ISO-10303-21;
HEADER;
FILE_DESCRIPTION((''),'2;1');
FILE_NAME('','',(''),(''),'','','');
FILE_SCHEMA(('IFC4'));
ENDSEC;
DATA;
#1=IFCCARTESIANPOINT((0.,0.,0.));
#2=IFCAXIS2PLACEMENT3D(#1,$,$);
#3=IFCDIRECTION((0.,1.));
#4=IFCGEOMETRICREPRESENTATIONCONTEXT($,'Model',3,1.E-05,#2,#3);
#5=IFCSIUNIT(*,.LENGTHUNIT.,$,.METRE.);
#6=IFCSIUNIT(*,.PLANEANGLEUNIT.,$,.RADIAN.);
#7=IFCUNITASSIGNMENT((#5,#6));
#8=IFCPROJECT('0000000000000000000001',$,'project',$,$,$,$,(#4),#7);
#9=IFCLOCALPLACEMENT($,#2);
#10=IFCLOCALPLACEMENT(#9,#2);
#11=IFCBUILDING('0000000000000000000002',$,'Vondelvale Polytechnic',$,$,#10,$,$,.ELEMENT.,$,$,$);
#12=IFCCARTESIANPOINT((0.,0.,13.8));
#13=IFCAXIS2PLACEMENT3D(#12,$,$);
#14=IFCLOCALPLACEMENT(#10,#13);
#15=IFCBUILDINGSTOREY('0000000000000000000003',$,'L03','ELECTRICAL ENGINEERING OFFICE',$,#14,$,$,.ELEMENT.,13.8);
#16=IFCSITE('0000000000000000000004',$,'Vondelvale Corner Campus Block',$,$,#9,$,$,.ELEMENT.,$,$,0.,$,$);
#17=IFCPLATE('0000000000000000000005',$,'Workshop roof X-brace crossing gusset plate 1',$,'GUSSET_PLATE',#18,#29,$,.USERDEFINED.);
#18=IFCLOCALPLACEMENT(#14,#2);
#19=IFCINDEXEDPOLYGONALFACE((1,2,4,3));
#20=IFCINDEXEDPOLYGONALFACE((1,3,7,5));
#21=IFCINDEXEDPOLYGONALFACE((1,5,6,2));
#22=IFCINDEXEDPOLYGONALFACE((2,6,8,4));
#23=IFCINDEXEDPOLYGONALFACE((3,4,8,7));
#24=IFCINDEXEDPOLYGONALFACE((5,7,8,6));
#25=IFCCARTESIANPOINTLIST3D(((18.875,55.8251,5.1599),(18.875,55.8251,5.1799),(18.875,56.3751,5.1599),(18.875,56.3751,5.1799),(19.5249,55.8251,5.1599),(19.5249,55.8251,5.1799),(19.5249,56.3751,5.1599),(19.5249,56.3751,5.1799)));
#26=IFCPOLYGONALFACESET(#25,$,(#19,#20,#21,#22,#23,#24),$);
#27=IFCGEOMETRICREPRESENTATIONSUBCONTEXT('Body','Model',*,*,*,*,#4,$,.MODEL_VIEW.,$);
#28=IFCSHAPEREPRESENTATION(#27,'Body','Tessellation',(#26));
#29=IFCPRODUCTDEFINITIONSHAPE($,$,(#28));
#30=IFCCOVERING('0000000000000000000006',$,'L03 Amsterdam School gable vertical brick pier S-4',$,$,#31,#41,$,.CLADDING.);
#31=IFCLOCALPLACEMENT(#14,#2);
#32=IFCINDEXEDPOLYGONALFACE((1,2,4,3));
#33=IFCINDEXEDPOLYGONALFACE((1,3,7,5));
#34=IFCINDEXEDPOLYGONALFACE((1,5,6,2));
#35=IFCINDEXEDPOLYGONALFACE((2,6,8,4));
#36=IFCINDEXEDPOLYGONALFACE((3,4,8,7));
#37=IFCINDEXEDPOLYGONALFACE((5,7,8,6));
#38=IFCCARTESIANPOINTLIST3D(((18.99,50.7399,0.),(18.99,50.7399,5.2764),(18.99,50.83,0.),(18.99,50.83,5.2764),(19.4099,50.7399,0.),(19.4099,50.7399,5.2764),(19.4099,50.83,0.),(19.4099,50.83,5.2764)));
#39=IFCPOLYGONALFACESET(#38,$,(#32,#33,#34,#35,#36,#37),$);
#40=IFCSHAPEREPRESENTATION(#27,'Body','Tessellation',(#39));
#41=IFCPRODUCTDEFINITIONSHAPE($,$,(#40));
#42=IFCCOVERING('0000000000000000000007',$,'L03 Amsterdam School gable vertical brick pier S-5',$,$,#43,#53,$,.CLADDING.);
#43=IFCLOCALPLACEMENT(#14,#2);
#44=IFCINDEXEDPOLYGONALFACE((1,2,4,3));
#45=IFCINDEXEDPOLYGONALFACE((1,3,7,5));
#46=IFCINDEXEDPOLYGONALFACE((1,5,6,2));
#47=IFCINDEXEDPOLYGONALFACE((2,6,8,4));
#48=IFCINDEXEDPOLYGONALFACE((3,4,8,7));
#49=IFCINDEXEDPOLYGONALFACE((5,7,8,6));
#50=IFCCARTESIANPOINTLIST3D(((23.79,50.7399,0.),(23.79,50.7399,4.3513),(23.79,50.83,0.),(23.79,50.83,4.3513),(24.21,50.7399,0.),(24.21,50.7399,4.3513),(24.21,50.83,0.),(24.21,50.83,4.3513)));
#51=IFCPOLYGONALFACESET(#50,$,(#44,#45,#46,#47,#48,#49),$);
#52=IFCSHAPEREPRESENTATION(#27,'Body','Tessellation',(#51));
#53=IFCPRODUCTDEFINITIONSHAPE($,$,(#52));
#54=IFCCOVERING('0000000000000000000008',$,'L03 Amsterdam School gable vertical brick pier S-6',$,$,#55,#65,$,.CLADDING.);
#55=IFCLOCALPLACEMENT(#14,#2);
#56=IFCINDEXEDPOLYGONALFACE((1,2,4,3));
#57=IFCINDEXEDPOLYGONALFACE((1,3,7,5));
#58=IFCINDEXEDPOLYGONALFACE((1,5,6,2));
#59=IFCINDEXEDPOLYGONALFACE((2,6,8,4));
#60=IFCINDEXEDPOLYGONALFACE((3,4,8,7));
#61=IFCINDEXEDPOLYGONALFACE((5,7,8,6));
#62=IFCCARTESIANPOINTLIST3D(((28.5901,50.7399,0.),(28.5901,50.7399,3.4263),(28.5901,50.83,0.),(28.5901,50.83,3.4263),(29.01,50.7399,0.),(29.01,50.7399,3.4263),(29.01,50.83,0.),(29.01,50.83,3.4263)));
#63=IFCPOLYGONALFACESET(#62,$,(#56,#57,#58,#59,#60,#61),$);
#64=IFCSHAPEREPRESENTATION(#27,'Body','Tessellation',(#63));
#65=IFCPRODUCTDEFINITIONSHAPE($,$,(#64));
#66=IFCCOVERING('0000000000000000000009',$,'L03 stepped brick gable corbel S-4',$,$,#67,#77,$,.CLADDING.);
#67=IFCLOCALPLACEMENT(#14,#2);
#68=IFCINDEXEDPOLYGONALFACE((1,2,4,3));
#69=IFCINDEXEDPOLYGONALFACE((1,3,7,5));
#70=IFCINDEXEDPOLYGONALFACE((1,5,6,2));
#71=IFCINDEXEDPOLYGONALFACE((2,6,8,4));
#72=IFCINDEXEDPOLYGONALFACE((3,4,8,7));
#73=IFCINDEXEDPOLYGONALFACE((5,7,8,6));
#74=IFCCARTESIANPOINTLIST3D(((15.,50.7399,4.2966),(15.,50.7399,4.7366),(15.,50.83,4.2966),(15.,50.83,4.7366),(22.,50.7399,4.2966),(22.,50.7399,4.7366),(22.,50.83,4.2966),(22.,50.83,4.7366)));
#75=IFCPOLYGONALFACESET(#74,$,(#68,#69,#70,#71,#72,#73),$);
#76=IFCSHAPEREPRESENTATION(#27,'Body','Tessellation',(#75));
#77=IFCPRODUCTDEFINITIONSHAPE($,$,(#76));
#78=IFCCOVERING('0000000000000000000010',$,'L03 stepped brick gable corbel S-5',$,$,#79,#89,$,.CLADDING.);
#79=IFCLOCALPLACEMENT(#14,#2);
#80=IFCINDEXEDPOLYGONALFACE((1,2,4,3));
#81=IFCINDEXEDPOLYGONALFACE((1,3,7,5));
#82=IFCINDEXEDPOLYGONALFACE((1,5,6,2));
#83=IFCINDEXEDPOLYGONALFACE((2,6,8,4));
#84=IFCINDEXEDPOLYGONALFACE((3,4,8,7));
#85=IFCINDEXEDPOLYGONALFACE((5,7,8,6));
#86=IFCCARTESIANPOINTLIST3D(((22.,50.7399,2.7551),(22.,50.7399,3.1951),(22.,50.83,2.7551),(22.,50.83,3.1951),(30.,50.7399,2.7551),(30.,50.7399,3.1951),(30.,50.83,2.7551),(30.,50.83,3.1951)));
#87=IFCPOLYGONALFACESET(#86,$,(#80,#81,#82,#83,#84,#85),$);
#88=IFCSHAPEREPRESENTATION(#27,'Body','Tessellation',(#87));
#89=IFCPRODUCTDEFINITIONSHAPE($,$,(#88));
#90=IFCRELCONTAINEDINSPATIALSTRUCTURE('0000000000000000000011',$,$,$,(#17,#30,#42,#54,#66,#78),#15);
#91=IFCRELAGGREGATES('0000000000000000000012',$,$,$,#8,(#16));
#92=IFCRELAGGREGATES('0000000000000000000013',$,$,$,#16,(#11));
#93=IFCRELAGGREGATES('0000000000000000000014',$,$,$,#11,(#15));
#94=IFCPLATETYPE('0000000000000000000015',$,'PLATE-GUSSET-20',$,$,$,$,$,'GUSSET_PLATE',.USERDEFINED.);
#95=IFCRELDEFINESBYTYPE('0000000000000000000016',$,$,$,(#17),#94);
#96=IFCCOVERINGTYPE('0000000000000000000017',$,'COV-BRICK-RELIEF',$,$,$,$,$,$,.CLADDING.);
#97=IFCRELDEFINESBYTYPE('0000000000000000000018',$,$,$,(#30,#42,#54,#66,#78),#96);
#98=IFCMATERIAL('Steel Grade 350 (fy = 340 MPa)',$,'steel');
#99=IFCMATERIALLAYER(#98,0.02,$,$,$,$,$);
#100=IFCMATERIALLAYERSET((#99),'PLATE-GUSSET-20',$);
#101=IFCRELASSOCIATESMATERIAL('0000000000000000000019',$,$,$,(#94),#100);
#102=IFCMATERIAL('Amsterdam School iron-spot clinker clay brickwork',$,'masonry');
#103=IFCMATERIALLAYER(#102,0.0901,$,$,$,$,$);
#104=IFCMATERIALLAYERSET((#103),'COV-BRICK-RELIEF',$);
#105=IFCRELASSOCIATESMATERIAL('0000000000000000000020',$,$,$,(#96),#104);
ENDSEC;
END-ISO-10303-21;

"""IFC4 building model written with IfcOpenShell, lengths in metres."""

from ifc_helpers import new_model, si_unit, direction, frame, origin, origin_2d, place, context, subcontext, project, spatial, rectangle, extrude, material, layer, layer_set, type_object, element, save


model = new_model("IFC4")

# Units and contexts
model_context = context("Model", 3, precision=1e-05, world=origin(), true_north=direction((0.0, 1.0)))
body_context = subcontext(model_context, "Body", "Model", "MODEL_VIEW")
ifc_project = project(units=[si_unit("LENGTHUNIT", "METRE"), si_unit("PLANEANGLEUNIT", "RADIAN")], contexts=[model_context])

# Site, building, storey
site_placement = place(None, origin())
site = spatial("IfcSite", under=ifc_project, at=site_placement, Name="Vondelvale Corner Campus Block", CompositionType="ELEMENT", RefElevation=0.0)
building_placement = place(site_placement, origin())
building = spatial("IfcBuilding", under=site, at=building_placement, Name="Vondelvale Polytechnic", CompositionType="ELEMENT")
storey_placement = place(building_placement, frame((0.0, 0.0, 13.8)))
storey = spatial("IfcBuildingStorey", under=building, at=storey_placement, Name="L03", Description="ELECTRICAL ENGINEERING OFFICE", CompositionType="ELEMENT", Elevation=13.8)

# Plate
ifc_material_1 = material(Name="Steel Grade 350 (fy = 340 MPa)", Category="steel")
ifc_layer_1 = layer(ifc_material_1, 0.02)
ifc_layer_set_1 = layer_set([ifc_layer_1], Name="PLATE-GUSSET-20")
plate_type_1 = type_object("IfcPlateType", Name="PLATE-GUSSET-20", ElementType="GUSSET_PLATE", PredefinedType="USERDEFINED", material=ifc_layer_set_1)
plate_1_placement = place(storey_placement, frame((19.2, 56.1001, 5.1599), z_axis=(0.0, 0.0, 1.0), x_axis=(1.0, 0.0, 0.0)))
element("IfcPlate", 1, at=plate_1_placement, inside=storey, type_object=plate_type_1, Name="Workshop roof X-brace crossing gusset plate 1", ObjectType="GUSSET_PLATE", PredefinedType="USERDEFINED", context=body_context, shape_type="SweptSolid", body=[
    extrude(rectangle(XDim=0.6499, YDim=0.55, at=origin_2d()), origin(), (0.0, 0.0, 1.0), 0.02),
])

# Coverings
ifc_material_2 = material(Name="Amsterdam School iron-spot clinker clay brickwork", Category="masonry")
ifc_layer_2 = layer(ifc_material_2, 0.0901)
ifc_layer_set_2 = layer_set([ifc_layer_2], Name="COV-BRICK-RELIEF")
covering_type = type_object("IfcCoveringType", Name="COV-BRICK-RELIEF", PredefinedType="CLADDING", material=ifc_layer_set_2)
covering_1_placement = place(storey_placement, frame((19.2, 50.7849, 0.0), z_axis=(0.0, 0.0, 1.0), x_axis=(1.0, 0.0, 0.0)))
element("IfcCovering", 2, at=covering_1_placement, inside=storey, type_object=covering_type, Name="L03 Amsterdam School gable vertical brick pier S-4", PredefinedType="CLADDING", context=body_context, shape_type="SweptSolid", body=[
    extrude(rectangle(XDim=0.4199, YDim=0.0901, at=origin_2d()), origin(), (0.0, 0.0, 1.0), 5.2764),
])
covering_2_placement = place(storey_placement, frame((24.0, 50.7849, 0.0), z_axis=(0.0, 0.0, 1.0), x_axis=(1.0, 0.0, 0.0)))
element("IfcCovering", 3, at=covering_2_placement, inside=storey, type_object=covering_type, Name="L03 Amsterdam School gable vertical brick pier S-5", PredefinedType="CLADDING", context=body_context, shape_type="SweptSolid", body=[
    extrude(rectangle(XDim=0.4199, YDim=0.0901, at=origin_2d()), origin(), (0.0, 0.0, 1.0), 4.3513),
])
covering_3_placement = place(storey_placement, frame((28.8, 50.7849, 0.0), z_axis=(0.0, 0.0, 1.0), x_axis=(1.0, 0.0, 0.0)))
element("IfcCovering", 4, at=covering_3_placement, inside=storey, type_object=covering_type, Name="L03 Amsterdam School gable vertical brick pier S-6", PredefinedType="CLADDING", context=body_context, shape_type="SweptSolid", body=[
    extrude(rectangle(XDim=0.4199, YDim=0.0901, at=origin_2d()), origin(), (0.0, 0.0, 1.0), 3.4263),
])
covering_4_placement = place(storey_placement, frame((18.5, 50.7849, 4.2966), z_axis=(0.0, 0.0, 1.0), x_axis=(1.0, 0.0, 0.0)))
element("IfcCovering", 5, at=covering_4_placement, inside=storey, type_object=covering_type, Name="L03 stepped brick gable corbel S-4", PredefinedType="CLADDING", context=body_context, shape_type="SweptSolid", body=[
    extrude(rectangle(XDim=7.0, YDim=0.0901, at=origin_2d()), origin(), (0.0, 0.0, 1.0), 0.4399),
])
covering_5_placement = place(storey_placement, frame((26.0, 50.7849, 2.7551), z_axis=(0.0, 0.0, 1.0), x_axis=(1.0, 0.0, 0.0)))
element("IfcCovering", 6, at=covering_5_placement, inside=storey, type_object=covering_type, Name="L03 stepped brick gable corbel S-5", PredefinedType="CLADDING", context=body_context, shape_type="SweptSolid", body=[
    extrude(rectangle(XDim=8.0, YDim=0.0901, at=origin_2d()), origin(), (0.0, 0.0, 1.0), 0.4399),
])

save(model, "model.ifc")
